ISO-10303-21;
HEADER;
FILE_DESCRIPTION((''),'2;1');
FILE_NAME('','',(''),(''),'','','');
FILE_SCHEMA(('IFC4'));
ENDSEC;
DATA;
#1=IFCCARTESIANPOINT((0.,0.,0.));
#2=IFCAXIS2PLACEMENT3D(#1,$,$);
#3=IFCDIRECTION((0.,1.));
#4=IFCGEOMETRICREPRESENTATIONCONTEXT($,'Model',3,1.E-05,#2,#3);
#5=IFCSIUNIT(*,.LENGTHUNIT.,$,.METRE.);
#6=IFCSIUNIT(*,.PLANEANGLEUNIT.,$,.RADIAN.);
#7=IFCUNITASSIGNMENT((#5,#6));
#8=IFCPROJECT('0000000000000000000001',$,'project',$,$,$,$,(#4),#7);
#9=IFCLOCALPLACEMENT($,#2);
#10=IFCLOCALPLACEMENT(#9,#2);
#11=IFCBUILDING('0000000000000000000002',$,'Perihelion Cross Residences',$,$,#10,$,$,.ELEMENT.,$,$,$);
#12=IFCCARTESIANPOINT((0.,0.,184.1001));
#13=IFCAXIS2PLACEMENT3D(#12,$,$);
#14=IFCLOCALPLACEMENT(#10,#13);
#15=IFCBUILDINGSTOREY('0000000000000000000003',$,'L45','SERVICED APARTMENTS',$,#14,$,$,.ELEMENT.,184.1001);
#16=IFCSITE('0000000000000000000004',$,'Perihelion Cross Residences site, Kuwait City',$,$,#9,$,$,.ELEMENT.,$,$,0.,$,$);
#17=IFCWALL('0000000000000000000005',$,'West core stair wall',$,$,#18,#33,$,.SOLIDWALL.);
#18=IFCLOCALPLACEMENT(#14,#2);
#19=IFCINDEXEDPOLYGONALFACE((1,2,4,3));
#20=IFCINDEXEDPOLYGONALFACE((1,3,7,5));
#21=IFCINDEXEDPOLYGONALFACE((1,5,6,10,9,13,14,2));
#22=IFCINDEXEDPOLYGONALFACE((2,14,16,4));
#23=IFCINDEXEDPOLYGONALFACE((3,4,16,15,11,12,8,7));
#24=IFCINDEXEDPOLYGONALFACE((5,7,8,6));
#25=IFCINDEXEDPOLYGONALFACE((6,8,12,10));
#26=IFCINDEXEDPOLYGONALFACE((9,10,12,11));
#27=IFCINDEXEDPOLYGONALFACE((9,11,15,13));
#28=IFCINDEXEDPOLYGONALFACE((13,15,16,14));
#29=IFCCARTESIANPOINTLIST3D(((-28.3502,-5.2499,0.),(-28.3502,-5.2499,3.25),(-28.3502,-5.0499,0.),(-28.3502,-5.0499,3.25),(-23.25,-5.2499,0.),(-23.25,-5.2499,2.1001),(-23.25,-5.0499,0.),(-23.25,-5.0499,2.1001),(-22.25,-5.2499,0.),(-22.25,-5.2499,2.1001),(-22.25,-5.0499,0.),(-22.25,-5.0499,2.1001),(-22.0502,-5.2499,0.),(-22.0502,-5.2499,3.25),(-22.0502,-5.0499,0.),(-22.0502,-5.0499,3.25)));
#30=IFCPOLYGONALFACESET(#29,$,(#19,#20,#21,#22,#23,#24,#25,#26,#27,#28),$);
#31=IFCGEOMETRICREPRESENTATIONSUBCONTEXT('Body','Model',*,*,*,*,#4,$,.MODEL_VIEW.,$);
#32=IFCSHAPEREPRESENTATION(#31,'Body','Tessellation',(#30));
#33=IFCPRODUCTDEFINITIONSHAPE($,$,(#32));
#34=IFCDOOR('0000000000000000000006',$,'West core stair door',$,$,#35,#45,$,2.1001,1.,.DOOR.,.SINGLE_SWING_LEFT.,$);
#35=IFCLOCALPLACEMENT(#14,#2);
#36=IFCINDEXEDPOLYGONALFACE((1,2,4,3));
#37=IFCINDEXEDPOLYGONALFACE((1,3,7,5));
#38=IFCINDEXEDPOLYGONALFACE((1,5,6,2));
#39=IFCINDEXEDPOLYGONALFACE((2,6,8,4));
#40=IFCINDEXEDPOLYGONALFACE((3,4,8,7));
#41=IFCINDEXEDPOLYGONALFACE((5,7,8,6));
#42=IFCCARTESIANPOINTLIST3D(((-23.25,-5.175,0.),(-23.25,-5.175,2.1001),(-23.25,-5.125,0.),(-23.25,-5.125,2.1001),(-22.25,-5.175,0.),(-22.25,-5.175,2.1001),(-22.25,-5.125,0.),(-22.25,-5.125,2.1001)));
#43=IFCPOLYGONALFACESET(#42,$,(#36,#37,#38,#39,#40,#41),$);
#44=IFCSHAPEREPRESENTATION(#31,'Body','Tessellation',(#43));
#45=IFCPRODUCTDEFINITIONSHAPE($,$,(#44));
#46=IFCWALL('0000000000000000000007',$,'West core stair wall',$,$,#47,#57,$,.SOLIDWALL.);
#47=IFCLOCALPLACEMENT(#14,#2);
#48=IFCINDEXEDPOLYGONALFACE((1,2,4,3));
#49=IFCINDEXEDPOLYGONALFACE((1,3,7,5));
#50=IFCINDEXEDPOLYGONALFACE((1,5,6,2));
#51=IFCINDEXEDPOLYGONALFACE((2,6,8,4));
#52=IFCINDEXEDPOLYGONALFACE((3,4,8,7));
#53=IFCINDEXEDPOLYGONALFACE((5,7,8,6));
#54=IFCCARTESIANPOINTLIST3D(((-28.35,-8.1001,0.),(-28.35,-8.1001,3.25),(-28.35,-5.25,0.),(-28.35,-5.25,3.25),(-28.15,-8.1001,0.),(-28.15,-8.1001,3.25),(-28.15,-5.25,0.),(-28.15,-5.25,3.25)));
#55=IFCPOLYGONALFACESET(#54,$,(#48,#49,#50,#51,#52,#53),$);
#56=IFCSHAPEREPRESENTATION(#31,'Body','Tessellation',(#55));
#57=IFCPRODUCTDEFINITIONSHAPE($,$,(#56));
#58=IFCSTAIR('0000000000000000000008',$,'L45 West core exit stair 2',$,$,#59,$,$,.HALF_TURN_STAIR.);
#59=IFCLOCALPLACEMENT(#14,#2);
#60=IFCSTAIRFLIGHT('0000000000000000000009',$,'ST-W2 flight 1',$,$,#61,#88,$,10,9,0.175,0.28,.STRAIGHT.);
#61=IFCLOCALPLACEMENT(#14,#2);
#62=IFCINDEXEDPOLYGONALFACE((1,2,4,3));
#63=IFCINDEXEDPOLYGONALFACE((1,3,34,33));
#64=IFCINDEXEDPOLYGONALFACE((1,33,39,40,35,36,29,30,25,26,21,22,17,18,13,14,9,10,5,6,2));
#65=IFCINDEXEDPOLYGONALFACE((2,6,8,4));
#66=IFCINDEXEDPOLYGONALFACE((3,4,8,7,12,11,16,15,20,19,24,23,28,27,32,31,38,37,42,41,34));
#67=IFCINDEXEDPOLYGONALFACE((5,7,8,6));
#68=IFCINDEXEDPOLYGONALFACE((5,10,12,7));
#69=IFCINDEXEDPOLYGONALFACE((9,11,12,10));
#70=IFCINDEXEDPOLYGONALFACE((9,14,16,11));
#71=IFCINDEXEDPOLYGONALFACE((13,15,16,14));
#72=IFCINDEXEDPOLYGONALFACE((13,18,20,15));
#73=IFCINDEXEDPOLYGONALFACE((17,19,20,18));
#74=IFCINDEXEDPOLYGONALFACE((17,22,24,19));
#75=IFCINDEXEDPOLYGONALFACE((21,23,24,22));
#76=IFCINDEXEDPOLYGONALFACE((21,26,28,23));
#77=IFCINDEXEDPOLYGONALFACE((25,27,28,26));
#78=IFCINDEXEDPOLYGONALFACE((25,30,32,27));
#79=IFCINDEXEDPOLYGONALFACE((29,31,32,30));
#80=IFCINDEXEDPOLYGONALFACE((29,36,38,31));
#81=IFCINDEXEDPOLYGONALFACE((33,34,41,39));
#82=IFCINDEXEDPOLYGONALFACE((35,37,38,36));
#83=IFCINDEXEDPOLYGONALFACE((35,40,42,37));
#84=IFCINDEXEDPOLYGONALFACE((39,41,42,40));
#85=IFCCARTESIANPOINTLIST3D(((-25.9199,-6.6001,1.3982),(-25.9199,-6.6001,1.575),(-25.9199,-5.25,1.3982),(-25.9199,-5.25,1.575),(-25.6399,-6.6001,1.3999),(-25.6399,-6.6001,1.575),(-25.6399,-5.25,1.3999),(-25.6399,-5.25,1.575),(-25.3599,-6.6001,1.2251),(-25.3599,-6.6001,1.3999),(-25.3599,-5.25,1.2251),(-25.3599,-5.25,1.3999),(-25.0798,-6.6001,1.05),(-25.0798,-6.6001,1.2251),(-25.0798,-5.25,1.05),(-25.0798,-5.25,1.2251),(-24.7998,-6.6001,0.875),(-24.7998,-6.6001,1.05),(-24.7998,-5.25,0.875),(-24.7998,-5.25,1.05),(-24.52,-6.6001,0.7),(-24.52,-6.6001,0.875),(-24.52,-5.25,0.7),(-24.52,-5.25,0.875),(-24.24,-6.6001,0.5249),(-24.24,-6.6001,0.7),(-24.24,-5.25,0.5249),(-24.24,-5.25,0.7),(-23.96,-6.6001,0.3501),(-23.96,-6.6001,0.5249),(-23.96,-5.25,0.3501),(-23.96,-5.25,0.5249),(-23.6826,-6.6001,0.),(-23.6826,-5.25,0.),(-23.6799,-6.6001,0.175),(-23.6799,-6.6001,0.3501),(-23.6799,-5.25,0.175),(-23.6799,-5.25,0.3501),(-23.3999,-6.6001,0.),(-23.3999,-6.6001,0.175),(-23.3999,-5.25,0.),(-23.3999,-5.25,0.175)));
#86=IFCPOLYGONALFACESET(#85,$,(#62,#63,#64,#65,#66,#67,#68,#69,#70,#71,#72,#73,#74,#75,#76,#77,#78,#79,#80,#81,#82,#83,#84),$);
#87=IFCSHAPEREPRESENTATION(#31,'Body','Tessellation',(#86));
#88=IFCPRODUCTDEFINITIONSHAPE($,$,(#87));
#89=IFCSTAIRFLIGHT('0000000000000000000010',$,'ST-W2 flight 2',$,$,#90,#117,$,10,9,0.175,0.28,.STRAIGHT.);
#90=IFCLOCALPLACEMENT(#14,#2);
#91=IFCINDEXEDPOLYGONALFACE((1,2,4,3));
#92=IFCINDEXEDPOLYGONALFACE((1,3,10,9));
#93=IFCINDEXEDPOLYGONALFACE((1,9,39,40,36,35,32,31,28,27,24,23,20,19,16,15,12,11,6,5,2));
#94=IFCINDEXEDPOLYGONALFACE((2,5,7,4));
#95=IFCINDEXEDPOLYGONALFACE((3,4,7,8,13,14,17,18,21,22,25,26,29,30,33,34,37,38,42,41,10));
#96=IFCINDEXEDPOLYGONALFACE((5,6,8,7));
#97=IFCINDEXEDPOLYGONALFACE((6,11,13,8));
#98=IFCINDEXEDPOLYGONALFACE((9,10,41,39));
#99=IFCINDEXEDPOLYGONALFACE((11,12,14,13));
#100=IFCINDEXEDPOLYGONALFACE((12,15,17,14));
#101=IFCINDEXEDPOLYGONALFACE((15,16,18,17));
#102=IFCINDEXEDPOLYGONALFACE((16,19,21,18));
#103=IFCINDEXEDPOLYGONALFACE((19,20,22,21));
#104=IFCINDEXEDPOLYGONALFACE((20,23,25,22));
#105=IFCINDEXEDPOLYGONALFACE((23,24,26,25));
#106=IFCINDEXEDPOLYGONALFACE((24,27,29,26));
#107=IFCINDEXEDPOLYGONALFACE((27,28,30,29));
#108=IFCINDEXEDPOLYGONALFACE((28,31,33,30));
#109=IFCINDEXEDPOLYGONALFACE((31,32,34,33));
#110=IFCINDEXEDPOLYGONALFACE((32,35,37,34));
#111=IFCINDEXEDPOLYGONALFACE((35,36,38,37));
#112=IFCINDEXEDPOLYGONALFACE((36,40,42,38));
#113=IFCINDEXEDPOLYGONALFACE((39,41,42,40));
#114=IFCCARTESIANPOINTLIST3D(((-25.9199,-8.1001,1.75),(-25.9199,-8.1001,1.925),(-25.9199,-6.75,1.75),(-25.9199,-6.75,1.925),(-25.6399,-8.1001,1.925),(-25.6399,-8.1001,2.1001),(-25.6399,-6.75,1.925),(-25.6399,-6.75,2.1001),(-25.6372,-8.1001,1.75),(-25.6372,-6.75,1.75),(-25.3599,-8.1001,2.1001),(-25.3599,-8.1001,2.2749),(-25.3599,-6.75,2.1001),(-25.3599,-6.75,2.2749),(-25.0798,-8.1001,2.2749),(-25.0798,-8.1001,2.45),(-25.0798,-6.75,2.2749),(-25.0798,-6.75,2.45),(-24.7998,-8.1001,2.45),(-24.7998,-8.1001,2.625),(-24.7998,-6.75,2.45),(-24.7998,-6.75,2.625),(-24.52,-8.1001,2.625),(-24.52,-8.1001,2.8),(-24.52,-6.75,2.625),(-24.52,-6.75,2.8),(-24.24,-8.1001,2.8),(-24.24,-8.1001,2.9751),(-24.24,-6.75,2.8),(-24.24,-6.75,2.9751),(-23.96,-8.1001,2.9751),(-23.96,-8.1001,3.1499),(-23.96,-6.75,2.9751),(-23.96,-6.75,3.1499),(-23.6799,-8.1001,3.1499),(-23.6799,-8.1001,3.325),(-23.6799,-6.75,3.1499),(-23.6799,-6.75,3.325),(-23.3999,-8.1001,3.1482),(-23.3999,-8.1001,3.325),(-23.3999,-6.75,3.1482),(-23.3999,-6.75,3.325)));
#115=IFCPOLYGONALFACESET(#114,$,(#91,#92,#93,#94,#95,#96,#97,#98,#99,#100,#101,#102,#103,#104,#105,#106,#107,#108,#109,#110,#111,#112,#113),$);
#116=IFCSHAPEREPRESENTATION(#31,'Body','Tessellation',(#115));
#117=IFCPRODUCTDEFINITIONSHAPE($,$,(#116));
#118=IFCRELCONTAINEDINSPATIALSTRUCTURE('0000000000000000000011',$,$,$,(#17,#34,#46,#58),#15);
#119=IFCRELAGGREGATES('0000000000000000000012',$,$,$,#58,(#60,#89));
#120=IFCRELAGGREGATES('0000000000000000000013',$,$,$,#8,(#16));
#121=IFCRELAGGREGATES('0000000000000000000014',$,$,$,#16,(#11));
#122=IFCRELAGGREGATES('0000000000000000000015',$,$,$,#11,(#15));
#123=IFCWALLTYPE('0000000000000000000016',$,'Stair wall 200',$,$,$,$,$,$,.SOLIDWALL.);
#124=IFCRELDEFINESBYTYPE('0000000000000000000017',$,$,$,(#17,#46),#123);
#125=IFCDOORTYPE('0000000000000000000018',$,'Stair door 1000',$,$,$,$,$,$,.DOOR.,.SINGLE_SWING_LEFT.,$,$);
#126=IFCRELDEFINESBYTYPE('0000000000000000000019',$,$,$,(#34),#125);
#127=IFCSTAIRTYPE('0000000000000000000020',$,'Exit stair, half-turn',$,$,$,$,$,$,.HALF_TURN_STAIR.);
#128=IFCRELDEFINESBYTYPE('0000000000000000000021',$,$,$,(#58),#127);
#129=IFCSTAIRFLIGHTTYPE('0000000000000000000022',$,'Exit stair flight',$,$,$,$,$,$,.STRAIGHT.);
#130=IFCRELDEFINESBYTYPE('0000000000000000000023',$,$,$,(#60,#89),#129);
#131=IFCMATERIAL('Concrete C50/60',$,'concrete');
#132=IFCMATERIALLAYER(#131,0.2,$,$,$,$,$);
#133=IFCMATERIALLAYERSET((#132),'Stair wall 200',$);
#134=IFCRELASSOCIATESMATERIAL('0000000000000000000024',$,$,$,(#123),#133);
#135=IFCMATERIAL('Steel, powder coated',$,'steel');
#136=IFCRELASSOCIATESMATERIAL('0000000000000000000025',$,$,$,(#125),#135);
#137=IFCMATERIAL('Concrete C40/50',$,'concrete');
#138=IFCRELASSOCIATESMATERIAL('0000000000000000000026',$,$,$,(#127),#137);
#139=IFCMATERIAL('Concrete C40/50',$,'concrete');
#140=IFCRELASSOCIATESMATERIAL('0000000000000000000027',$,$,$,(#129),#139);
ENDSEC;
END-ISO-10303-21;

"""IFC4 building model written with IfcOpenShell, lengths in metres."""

from ifc_helpers import new_model, si_unit, direction, frame, frame_2d, origin, place, context, subcontext, project, spatial, polyline, rectangle, outline, extrude, material, layer, layer_set, type_object, element, fill, aggregate, save


model = new_model("IFC4")

# Units and contexts
model_context = context("Model", 3, precision=1e-05, world=origin(), true_north=direction((0.0, 1.0)))
body_context = subcontext(model_context, "Body", "Model", "MODEL_VIEW")
ifc_project = project(units=[si_unit("LENGTHUNIT", "METRE"), si_unit("PLANEANGLEUNIT", "RADIAN")], contexts=[model_context])

# Site, building, storey
site_placement = place(None, origin())
site = spatial("IfcSite", under=ifc_project, at=site_placement, Name="Perihelion Cross Residences site, Kuwait City", CompositionType="ELEMENT", RefElevation=0.0)
building_placement = place(site_placement, origin())
building = spatial("IfcBuilding", under=site, at=building_placement, Name="Perihelion Cross Residences", CompositionType="ELEMENT")
storey_placement = place(building_placement, frame((0.0, 0.0, 184.1001)))
storey = spatial("IfcBuildingStorey", under=building, at=storey_placement, Name="L45", Description="SERVICED APARTMENTS", CompositionType="ELEMENT", Elevation=184.1001)

# Wall, opening, door
ifc_material_1 = material(Name="Concrete C50/60", Category="concrete")
ifc_layer_1 = layer(ifc_material_1, 0.2)
ifc_layer_set_1 = layer_set([ifc_layer_1], Name="Stair wall 200")
wall_type_1 = type_object("IfcWallType", Name="Stair wall 200", PredefinedType="SOLIDWALL", material=ifc_layer_set_1)
wall_1_placement = place(storey_placement, frame((-28.3501, -5.1499, 0.0), z_axis=(0.0, 0.0, 1.0), x_axis=(1.0, 0.0, 0.0)))
wall_1 = element("IfcWall", 1, at=wall_1_placement, inside=storey, type_object=wall_type_1, Name="West core stair wall", PredefinedType="SOLIDWALL", context=body_context, shape_type="SweptSolid", body=[
    extrude(rectangle(XDim=6.3, YDim=0.2, at=frame_2d((3.1499, 0.0))), origin(), (0.0, 0.0, 1.0), 3.25),
])
opening_1_placement = place(wall_1_placement, frame((5.1001, 0.0, 0.0)))
opening_1 = element("IfcOpeningElement", 2, at=opening_1_placement, cuts=wall_1, PredefinedType="OPENING", context=body_context, shape_type="SweptSolid", body=[
    extrude(rectangle(XDim=1.0, YDim=2.1001, at=frame_2d((0.5, 1.05))), frame((0.0, 0.1099, 0.0), z_axis=(0.0, -1.0, 0.0), x_axis=(1.0, 0.0, 0.0)), (0.0, 0.0, 1.0), 0.22),
])
ifc_material_2 = material(Name="Steel, powder coated", Category="steel")
door_type_1 = type_object("IfcDoorType", Name="Stair door 1000", OperationType="SINGLE_SWING_LEFT", PredefinedType="DOOR", material=ifc_material_2)
door_1_placement = place(opening_1_placement, origin())
door_1 = element("IfcDoor", 3, at=door_1_placement, inside=storey, type_object=door_type_1, Name="West core stair door", OperationType="SINGLE_SWING_LEFT", OverallHeight=2.1001, OverallWidth=1.0, PredefinedType="DOOR", context=body_context, shape_type="SweptSolid", body=[
    extrude(rectangle(XDim=1.0, YDim=2.1001, at=frame_2d((0.5, 1.05))), frame((0.0, 0.0249, 0.0), z_axis=(0.0, -1.0, 0.0), x_axis=(1.0, 0.0, 0.0)), (0.0, 0.0, 1.0), 0.05),
])
fill(opening_1, door_1)

# Wall
wall_2_placement = place(storey_placement, frame((-28.25, -8.1001, 0.0), z_axis=(0.0, 0.0, 1.0), x_axis=(0.0, 1.0, 0.0)))
element("IfcWall", 4, at=wall_2_placement, inside=storey, type_object=wall_type_1, Name="West core stair wall", PredefinedType="SOLIDWALL", context=body_context, shape_type="SweptSolid", body=[
    extrude(rectangle(XDim=2.8501, YDim=0.2, at=frame_2d((1.425, 0.0))), origin(), (0.0, 0.0, 1.0), 3.25),
])

# Stair, stair flights
ifc_material_3 = material(Name="Concrete C40/50", Category="concrete")
stair_type = type_object("IfcStairType", Name="Exit stair, half-turn", PredefinedType="HALF_TURN_STAIR", material=ifc_material_3)
stair_placement = place(storey_placement, origin())
stair = element("IfcStair", 5, at=stair_placement, inside=storey, type_object=stair_type, Name="L45 West core exit stair 2", PredefinedType="HALF_TURN_STAIR")
ifc_material_4 = material(Name="Concrete C40/50", Category="concrete")
stair_flight_type = type_object("IfcStairFlightType", Name="Exit stair flight", PredefinedType="STRAIGHT", material=ifc_material_4)
stair_flight_1_placement = place(storey_placement, frame((-23.3999, -5.925, 0.0), z_axis=(0.0, 0.0, 1.0), x_axis=(-1.0, 0.0, 0.0)))
stair_flight_1 = element("IfcStairFlight", 6, at=stair_flight_1_placement, type_object=stair_flight_type, Name="ST-W2 flight 1", NumberOfRisers=10, NumberOfTreads=9, PredefinedType="STRAIGHT", RiserHeight=0.175, TreadLength=0.28, context=body_context, shape_type="SweptSolid", body=[
    extrude(outline(polyline([(0.0, 0.0), (0.0, 0.175), (0.28, 0.175), (0.28, 0.3501), (0.5601, 0.3501), (0.5601, 0.5249), (0.8401, 0.5249), (0.8401, 0.7), (1.1201, 0.7), (1.1201, 0.875), (1.3999, 0.875), (1.3999, 1.05), (1.6799, 1.05), (1.6799, 1.2251), (1.96, 1.2251), (1.96, 1.3999), (2.24, 1.3999), (2.24, 1.575), (2.52, 1.575), (2.52, 1.75), (2.52, 1.3982), (0.2827, 0.0), (0.0, 0.0)])), frame((0.0, 0.675, 0.0), z_axis=(0.0, -1.0, 0.0), x_axis=(1.0, 0.0, 0.0)), (0.0, 0.0, 1.0), 1.3501),
])
stair_flight_2_placement = place(storey_placement, frame((-25.9199, -7.425, 1.75), z_axis=(0.0, 0.0, 1.0), x_axis=(1.0, 0.0, 0.0)))
stair_flight_2 = element("IfcStairFlight", 7, at=stair_flight_2_placement, type_object=stair_flight_type, Name="ST-W2 flight 2", NumberOfRisers=10, NumberOfTreads=9, PredefinedType="STRAIGHT", RiserHeight=0.175, TreadLength=0.28, context=body_context, shape_type="SweptSolid", body=[
    extrude(outline(polyline([(0.0, 0.0), (0.0, 0.175), (0.28, 0.175), (0.28, 0.3501), (0.5601, 0.3501), (0.5601, 0.5249), (0.8401, 0.5249), (0.8401, 0.7), (1.1201, 0.7), (1.1201, 0.875), (1.3999, 0.875), (1.3999, 1.05), (1.6799, 1.05), (1.6799, 1.2251), (1.96, 1.2251), (1.96, 1.3999), (2.24, 1.3999), (2.24, 1.575), (2.52, 1.575), (2.52, 1.75), (2.52, 1.3982), (0.2827, 0.0), (0.0, 0.0)])), frame((0.0, 0.675, 0.0), z_axis=(0.0, -1.0, 0.0), x_axis=(1.0, 0.0, 0.0)), (0.0, 0.0, 1.0), 1.3501),
])
aggregate(stair, [stair_flight_1, stair_flight_2])

save(model, "model.ifc")
